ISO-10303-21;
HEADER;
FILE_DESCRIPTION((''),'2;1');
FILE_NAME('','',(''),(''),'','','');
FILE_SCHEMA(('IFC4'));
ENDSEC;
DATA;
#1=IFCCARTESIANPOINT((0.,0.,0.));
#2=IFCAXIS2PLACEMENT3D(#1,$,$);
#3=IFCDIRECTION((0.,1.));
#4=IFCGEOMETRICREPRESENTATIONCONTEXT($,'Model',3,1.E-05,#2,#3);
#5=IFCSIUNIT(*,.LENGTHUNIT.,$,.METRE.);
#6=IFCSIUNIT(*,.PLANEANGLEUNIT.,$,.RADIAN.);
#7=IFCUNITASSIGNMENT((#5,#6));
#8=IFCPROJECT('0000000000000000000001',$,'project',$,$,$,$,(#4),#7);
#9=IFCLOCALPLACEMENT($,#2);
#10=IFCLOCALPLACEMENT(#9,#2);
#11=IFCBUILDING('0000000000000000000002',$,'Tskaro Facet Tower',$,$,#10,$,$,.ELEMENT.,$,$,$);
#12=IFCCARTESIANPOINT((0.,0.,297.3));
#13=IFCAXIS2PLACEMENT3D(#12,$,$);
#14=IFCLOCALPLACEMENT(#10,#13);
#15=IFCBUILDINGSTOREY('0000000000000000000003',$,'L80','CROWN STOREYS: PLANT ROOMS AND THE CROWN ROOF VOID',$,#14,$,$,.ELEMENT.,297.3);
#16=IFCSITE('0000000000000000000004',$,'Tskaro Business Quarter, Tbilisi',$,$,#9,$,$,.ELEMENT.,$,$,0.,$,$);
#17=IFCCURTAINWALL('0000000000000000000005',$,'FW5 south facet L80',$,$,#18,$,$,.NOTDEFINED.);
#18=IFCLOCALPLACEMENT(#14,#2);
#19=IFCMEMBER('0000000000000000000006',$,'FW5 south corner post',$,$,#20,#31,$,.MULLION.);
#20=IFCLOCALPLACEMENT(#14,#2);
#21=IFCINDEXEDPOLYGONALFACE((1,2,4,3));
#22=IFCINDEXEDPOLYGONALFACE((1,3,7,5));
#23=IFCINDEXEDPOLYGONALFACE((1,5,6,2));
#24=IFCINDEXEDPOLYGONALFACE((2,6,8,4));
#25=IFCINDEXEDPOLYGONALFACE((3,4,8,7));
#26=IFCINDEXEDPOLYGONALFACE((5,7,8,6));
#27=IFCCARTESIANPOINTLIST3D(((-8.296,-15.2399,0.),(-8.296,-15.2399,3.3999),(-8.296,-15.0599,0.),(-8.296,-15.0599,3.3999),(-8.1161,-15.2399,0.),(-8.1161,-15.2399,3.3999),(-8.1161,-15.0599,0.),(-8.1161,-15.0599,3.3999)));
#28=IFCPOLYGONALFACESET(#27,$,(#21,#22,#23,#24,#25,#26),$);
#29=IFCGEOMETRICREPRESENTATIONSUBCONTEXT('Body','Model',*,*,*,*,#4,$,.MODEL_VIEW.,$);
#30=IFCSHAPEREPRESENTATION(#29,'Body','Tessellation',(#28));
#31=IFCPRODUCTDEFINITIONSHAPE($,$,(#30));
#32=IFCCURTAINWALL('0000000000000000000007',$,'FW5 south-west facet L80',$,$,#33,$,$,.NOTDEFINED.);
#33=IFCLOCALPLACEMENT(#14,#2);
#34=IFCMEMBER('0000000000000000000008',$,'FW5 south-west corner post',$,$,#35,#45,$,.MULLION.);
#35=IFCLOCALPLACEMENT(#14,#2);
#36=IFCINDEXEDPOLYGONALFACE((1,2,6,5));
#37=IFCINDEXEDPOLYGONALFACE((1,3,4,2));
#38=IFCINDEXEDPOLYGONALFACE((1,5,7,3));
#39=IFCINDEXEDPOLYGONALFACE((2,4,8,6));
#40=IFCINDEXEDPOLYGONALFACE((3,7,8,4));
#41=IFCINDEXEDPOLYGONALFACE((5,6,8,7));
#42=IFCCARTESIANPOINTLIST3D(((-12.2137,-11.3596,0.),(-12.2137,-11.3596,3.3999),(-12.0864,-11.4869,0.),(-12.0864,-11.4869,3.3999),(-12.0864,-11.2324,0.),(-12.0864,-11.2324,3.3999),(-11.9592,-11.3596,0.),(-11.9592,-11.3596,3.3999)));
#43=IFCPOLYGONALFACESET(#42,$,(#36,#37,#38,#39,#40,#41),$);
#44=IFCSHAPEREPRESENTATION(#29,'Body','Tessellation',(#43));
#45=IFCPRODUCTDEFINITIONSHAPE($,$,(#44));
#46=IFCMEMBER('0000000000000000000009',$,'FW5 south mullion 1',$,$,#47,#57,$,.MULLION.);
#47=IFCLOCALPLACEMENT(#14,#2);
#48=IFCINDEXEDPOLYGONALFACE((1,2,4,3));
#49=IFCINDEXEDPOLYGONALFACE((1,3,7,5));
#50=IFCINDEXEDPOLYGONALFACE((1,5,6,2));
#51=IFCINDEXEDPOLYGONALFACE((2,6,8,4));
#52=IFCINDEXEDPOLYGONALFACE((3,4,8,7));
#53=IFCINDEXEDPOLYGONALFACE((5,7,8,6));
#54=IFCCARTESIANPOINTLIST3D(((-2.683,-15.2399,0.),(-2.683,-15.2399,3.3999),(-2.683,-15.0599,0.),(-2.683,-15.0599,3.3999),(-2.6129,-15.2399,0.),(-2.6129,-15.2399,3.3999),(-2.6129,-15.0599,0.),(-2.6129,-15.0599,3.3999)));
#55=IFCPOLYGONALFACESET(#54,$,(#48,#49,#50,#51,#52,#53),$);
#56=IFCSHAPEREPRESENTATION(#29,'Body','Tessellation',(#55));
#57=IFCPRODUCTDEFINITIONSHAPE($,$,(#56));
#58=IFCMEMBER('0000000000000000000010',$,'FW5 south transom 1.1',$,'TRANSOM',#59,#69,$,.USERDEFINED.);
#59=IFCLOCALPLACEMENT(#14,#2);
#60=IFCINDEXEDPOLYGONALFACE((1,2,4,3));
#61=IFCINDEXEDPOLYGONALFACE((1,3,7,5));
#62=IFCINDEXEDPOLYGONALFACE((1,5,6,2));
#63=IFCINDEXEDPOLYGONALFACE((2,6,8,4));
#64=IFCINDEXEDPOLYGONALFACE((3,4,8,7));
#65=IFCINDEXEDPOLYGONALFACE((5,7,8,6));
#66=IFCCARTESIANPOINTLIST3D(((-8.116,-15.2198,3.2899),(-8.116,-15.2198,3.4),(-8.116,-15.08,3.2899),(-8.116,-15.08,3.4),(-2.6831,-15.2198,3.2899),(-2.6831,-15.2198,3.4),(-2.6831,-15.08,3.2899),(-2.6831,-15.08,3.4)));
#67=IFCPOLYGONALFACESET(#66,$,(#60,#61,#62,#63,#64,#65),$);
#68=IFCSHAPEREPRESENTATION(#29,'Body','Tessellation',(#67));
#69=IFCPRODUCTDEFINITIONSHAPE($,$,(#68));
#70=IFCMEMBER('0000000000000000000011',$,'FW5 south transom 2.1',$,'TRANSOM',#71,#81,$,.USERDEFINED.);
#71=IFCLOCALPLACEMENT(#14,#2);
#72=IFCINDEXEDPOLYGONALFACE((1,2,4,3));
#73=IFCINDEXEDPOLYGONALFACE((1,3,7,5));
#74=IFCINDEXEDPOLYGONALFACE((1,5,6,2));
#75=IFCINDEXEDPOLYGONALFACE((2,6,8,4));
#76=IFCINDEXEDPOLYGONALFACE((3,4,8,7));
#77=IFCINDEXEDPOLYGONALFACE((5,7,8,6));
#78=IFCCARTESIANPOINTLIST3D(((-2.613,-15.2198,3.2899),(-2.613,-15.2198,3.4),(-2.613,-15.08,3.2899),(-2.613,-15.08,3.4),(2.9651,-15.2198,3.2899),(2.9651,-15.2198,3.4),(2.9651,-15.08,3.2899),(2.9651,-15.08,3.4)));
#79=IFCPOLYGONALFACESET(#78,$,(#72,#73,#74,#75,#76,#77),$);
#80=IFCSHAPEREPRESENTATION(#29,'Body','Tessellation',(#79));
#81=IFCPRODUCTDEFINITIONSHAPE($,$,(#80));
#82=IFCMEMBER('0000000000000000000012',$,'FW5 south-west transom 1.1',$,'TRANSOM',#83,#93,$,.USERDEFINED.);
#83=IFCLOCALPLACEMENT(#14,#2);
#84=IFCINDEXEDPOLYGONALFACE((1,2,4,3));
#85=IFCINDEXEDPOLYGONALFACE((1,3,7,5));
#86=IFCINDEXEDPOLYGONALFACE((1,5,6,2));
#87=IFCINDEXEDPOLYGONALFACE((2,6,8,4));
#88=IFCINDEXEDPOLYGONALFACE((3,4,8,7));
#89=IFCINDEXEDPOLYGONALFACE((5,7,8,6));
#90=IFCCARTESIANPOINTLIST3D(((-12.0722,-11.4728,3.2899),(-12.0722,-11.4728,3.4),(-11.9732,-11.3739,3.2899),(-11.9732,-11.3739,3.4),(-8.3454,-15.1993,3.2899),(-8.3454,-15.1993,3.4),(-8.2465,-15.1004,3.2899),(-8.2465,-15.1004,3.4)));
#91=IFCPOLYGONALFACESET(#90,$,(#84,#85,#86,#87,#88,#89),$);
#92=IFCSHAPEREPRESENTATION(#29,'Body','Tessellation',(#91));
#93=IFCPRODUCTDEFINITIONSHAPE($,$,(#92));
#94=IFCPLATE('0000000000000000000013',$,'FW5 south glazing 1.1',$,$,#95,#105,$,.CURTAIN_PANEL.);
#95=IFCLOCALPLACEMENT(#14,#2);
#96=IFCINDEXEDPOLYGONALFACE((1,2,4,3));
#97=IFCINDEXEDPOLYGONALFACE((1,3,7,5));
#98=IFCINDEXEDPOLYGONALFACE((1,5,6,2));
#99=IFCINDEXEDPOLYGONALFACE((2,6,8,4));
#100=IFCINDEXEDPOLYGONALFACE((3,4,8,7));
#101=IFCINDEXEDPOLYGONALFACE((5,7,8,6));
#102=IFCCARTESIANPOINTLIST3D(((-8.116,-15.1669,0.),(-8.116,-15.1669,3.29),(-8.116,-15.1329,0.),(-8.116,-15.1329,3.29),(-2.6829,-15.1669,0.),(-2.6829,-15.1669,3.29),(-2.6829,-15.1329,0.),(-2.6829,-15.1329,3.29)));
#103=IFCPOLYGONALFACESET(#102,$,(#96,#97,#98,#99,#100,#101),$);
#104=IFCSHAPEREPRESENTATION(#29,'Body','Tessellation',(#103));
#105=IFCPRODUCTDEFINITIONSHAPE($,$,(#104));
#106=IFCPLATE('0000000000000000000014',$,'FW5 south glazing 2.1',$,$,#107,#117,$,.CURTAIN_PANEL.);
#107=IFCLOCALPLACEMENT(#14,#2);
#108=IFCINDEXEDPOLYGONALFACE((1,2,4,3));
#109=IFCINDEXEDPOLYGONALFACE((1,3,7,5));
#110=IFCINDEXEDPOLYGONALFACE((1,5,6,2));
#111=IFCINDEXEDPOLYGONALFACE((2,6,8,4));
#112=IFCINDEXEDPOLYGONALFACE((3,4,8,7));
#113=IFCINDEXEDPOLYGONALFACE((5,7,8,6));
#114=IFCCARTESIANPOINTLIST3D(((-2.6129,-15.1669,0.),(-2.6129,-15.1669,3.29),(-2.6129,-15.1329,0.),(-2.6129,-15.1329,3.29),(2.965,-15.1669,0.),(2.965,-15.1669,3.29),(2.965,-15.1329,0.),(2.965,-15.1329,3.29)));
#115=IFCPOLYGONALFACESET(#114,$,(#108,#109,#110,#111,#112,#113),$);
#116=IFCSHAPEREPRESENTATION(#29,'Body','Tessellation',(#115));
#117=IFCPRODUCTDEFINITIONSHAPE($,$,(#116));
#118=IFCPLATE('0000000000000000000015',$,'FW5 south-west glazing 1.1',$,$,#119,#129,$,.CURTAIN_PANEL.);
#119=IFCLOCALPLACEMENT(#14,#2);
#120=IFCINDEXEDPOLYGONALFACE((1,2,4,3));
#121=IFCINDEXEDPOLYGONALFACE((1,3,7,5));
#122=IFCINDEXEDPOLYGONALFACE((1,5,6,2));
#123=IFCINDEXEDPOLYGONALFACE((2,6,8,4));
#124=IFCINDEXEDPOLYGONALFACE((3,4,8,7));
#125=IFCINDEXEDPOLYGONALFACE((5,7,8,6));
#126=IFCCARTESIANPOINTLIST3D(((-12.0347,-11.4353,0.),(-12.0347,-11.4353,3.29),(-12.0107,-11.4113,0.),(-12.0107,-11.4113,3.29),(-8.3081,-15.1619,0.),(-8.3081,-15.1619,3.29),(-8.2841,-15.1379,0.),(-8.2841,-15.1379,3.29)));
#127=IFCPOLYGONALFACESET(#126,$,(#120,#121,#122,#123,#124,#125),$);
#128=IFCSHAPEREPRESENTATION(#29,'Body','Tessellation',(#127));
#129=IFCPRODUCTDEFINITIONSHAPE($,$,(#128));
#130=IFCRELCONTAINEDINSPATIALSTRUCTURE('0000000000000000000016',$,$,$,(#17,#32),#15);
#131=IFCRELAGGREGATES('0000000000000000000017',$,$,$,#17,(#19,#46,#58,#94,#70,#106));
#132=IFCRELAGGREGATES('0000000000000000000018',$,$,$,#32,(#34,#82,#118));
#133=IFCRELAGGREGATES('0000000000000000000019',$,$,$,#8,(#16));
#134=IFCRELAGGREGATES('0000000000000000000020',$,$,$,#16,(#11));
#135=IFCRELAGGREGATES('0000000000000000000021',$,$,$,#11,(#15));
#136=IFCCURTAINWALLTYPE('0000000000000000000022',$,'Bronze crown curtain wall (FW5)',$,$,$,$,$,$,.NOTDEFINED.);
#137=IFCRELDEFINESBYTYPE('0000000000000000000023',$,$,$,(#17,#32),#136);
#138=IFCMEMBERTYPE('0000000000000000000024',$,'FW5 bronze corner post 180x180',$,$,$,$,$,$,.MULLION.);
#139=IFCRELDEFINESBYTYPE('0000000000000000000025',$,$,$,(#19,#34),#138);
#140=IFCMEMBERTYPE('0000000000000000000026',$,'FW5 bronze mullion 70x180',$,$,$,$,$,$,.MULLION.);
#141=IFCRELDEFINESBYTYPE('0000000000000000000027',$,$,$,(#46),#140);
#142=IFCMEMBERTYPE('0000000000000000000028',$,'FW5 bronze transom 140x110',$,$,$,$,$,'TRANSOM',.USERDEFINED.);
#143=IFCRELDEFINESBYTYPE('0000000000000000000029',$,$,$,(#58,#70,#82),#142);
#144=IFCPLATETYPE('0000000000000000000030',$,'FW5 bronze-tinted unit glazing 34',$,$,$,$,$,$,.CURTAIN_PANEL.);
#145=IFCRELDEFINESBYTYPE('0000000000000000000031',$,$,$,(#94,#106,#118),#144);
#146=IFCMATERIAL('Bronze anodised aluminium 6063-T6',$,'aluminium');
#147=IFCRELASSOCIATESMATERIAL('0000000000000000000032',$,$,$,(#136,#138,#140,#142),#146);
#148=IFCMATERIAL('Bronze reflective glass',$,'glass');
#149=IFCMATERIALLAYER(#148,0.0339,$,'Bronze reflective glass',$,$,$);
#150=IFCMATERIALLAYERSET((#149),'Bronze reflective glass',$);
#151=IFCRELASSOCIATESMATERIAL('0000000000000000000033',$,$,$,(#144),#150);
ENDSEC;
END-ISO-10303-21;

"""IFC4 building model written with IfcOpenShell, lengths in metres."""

from ifc_helpers import new_model, si_unit, direction, frame, origin, origin_2d, place, context, subcontext, project, spatial, rectangle, extrude, material, layer, layer_set, material_profile, profile_set, type_object, element, aggregate, save


model = new_model("IFC4")

# Units and contexts
model_context = context("Model", 3, precision=1e-05, world=origin(), true_north=direction((0.0, 1.0)))
body_context = subcontext(model_context, "Body", "Model", "MODEL_VIEW")
ifc_project = project(units=[si_unit("LENGTHUNIT", "METRE"), si_unit("PLANEANGLEUNIT", "RADIAN")], contexts=[model_context])

# Site, building, storey
site_placement = place(None, origin())
site = spatial("IfcSite", under=ifc_project, at=site_placement, Name="Tskaro Business Quarter, Tbilisi", CompositionType="ELEMENT", RefElevation=0.0)
building_placement = place(site_placement, origin())
building = spatial("IfcBuilding", under=site, at=building_placement, Name="Tskaro Facet Tower", CompositionType="ELEMENT")
storey_placement = place(building_placement, frame((0.0, 0.0, 297.3)))
storey = spatial("IfcBuildingStorey", under=building, at=storey_placement, Name="L80", Description="CROWN STOREYS: PLANT ROOMS AND THE CROWN ROOF VOID", CompositionType="ELEMENT", Elevation=297.3)

# Curtain walls, members
ifc_material_1 = material(Name="Bronze anodised aluminium 6063-T6", Category="aluminium")
curtain_wall_type = type_object("IfcCurtainWallType", Name="Bronze crown curtain wall (FW5)", PredefinedType="NOTDEFINED", material=ifc_material_1)
curtain_wall_1_placement = place(storey_placement, origin())
curtain_wall_1 = element("IfcCurtainWall", 1, at=curtain_wall_1_placement, inside=storey, type_object=curtain_wall_type, Name="FW5 south facet L80", PredefinedType="NOTDEFINED")
ifc_material_profile_1 = material_profile(ifc_material_1, rectangle(XDim=0.1799, YDim=0.1799, at=origin_2d()), Name="Corner post 180x180")
ifc_profile_set_1 = profile_set([ifc_material_profile_1], Name="Bronze anodised aluminium 6063-T6")
member_type_1 = type_object("IfcMemberType", Name="FW5 bronze corner post 180x180", PredefinedType="MULLION", material=ifc_profile_set_1)
member_1_placement = place(storey_placement, frame((-8.2061, -15.1499, 0.0), z_axis=(0.0, 0.0, 1.0), x_axis=(1.0, 0.0, 0.0)))
member_1 = element("IfcMember", 2, at=member_1_placement, type_object=member_type_1, Name="FW5 south corner post", PredefinedType="MULLION", context=body_context, shape_type="SweptSolid", body=[
    extrude(rectangle(XDim=0.1799, YDim=0.1799, at=origin_2d()), origin(), (0.0, 0.0, 1.0), 3.3999),
])
curtain_wall_2_placement = place(storey_placement, origin())
curtain_wall_2 = element("IfcCurtainWall", 3, at=curtain_wall_2_placement, inside=storey, type_object=curtain_wall_type, Name="FW5 south-west facet L80", PredefinedType="NOTDEFINED")
member_2_placement = place(storey_placement, frame((-12.0864, -11.3596, 0.0), z_axis=(0.0, 0.0, 1.0), x_axis=(0.707107, -0.707107, 0.0)))
member_2 = element("IfcMember", 4, at=member_2_placement, type_object=member_type_1, Name="FW5 south-west corner post", PredefinedType="MULLION", context=body_context, shape_type="SweptSolid", body=[
    extrude(rectangle(XDim=0.1799, YDim=0.1799, at=origin_2d()), origin(), (0.0, 0.0, 1.0), 3.3999),
])

# Members
ifc_material_profile_2 = material_profile(ifc_material_1, rectangle(XDim=0.0701, YDim=0.1799, at=origin_2d()), Name="Mullion 70x180")
ifc_profile_set_2 = profile_set([ifc_material_profile_2], Name="Bronze anodised aluminium 6063-T6")
member_type_2 = type_object("IfcMemberType", Name="FW5 bronze mullion 70x180", PredefinedType="MULLION", material=ifc_profile_set_2)
member_3_placement = place(storey_placement, frame((-2.6479, -15.1499, 0.0), z_axis=(0.0, 0.0, 1.0), x_axis=(1.0, 0.0, 0.0)))
member_3 = element("IfcMember", 5, at=member_3_placement, type_object=member_type_2, Name="FW5 south mullion 1", PredefinedType="MULLION", context=body_context, shape_type="SweptSolid", body=[
    extrude(rectangle(XDim=0.0701, YDim=0.1799, at=origin_2d()), origin(), (0.0, 0.0, 1.0), 3.3999),
])
ifc_material_profile_3 = material_profile(ifc_material_1, rectangle(XDim=0.1399, YDim=0.1101, at=origin_2d()), Name="Transom 140x110")
ifc_profile_set_3 = profile_set([ifc_material_profile_3], Name="Bronze anodised aluminium 6063-T6")
member_type_3 = type_object("IfcMemberType", Name="FW5 bronze transom 140x110", ElementType="TRANSOM", PredefinedType="USERDEFINED", material=ifc_profile_set_3)
member_4_placement = place(storey_placement, frame((-8.116, -15.1499, 3.345), z_axis=(1.0, 0.0, 0.0), x_axis=(0.0, 1.0, 0.0)))
member_4 = element("IfcMember", 6, at=member_4_placement, type_object=member_type_3, Name="FW5 south transom 1.1", ObjectType="TRANSOM", PredefinedType="USERDEFINED", context=body_context, shape_type="SweptSolid", body=[
    extrude(rectangle(XDim=0.1399, YDim=0.1101, at=origin_2d()), origin(), (0.0, 0.0, 1.0), 5.4329),
])
member_5_placement = place(storey_placement, frame((-2.613, -15.1499, 3.345), z_axis=(1.0, 0.0, 0.0), x_axis=(0.0, 1.0, 0.0)))
member_5 = element("IfcMember", 7, at=member_5_placement, type_object=member_type_3, Name="FW5 south transom 2.1", ObjectType="TRANSOM", PredefinedType="USERDEFINED", context=body_context, shape_type="SweptSolid", body=[
    extrude(rectangle(XDim=0.1399, YDim=0.1101, at=origin_2d()), origin(), (0.0, 0.0, 1.0), 5.5781),
])
member_6_placement = place(storey_placement, frame((-12.0227, -11.4233, 3.345), z_axis=(0.70713, -0.707084, 0.0), x_axis=(0.707084, 0.70713, 0.0)))
member_6 = element("IfcMember", 8, at=member_6_placement, type_object=member_type_3, Name="FW5 south-west transom 1.1", ObjectType="TRANSOM", PredefinedType="USERDEFINED", context=body_context, shape_type="SweptSolid", body=[
    extrude(rectangle(XDim=0.1399, YDim=0.1101, at=origin_2d()), origin(), (0.0, 0.0, 1.0), 5.2703),
])

# Plates
ifc_material_2 = material(Name="Bronze reflective glass", Category="glass")
ifc_layer_1 = layer(ifc_material_2, 0.0339, Name="Bronze reflective glass")
ifc_layer_set_1 = layer_set([ifc_layer_1], Name="Bronze reflective glass")
plate_type = type_object("IfcPlateType", Name="FW5 bronze-tinted unit glazing 34", PredefinedType="CURTAIN_PANEL", material=ifc_layer_set_1)
plate_1_placement = place(storey_placement, frame((-5.3994, -15.1499, 0.0), z_axis=(0.0, 0.0, 1.0), x_axis=(1.0, 0.0, 0.0)))
plate_1 = element("IfcPlate", 9, at=plate_1_placement, type_object=plate_type, Name="FW5 south glazing 1.1", PredefinedType="CURTAIN_PANEL", context=body_context, shape_type="SweptSolid", body=[
    extrude(rectangle(XDim=5.4331, YDim=0.0339, at=origin_2d()), origin(), (0.0, 0.0, 1.0), 3.29),
])
plate_2_placement = place(storey_placement, frame((0.176, -15.1499, 0.0), z_axis=(0.0, 0.0, 1.0), x_axis=(1.0, 0.0, 0.0)))
plate_2 = element("IfcPlate", 10, at=plate_2_placement, type_object=plate_type, Name="FW5 south glazing 2.1", PredefinedType="CURTAIN_PANEL", context=body_context, shape_type="SweptSolid", body=[
    extrude(rectangle(XDim=5.5779, YDim=0.0339, at=origin_2d()), origin(), (0.0, 0.0, 1.0), 3.29),
])
aggregate(curtain_wall_1, [member_1, member_3, member_4, plate_1, member_5, plate_2])
plate_3_placement = place(storey_placement, frame((-10.1594, -13.2866, 0.0), z_axis=(0.0, 0.0, 1.0), x_axis=(0.707107, -0.707107, 0.0)))
plate_3 = element("IfcPlate", 11, at=plate_3_placement, type_object=plate_type, Name="FW5 south-west glazing 1.1", PredefinedType="CURTAIN_PANEL", context=body_context, shape_type="SweptSolid", body=[
    extrude(rectangle(XDim=5.2703, YDim=0.0339, at=origin_2d()), origin(), (0.0, 0.0, 1.0), 3.29),
])
aggregate(curtain_wall_2, [member_2, member_6, plate_3])

save(model, "model.ifc")
